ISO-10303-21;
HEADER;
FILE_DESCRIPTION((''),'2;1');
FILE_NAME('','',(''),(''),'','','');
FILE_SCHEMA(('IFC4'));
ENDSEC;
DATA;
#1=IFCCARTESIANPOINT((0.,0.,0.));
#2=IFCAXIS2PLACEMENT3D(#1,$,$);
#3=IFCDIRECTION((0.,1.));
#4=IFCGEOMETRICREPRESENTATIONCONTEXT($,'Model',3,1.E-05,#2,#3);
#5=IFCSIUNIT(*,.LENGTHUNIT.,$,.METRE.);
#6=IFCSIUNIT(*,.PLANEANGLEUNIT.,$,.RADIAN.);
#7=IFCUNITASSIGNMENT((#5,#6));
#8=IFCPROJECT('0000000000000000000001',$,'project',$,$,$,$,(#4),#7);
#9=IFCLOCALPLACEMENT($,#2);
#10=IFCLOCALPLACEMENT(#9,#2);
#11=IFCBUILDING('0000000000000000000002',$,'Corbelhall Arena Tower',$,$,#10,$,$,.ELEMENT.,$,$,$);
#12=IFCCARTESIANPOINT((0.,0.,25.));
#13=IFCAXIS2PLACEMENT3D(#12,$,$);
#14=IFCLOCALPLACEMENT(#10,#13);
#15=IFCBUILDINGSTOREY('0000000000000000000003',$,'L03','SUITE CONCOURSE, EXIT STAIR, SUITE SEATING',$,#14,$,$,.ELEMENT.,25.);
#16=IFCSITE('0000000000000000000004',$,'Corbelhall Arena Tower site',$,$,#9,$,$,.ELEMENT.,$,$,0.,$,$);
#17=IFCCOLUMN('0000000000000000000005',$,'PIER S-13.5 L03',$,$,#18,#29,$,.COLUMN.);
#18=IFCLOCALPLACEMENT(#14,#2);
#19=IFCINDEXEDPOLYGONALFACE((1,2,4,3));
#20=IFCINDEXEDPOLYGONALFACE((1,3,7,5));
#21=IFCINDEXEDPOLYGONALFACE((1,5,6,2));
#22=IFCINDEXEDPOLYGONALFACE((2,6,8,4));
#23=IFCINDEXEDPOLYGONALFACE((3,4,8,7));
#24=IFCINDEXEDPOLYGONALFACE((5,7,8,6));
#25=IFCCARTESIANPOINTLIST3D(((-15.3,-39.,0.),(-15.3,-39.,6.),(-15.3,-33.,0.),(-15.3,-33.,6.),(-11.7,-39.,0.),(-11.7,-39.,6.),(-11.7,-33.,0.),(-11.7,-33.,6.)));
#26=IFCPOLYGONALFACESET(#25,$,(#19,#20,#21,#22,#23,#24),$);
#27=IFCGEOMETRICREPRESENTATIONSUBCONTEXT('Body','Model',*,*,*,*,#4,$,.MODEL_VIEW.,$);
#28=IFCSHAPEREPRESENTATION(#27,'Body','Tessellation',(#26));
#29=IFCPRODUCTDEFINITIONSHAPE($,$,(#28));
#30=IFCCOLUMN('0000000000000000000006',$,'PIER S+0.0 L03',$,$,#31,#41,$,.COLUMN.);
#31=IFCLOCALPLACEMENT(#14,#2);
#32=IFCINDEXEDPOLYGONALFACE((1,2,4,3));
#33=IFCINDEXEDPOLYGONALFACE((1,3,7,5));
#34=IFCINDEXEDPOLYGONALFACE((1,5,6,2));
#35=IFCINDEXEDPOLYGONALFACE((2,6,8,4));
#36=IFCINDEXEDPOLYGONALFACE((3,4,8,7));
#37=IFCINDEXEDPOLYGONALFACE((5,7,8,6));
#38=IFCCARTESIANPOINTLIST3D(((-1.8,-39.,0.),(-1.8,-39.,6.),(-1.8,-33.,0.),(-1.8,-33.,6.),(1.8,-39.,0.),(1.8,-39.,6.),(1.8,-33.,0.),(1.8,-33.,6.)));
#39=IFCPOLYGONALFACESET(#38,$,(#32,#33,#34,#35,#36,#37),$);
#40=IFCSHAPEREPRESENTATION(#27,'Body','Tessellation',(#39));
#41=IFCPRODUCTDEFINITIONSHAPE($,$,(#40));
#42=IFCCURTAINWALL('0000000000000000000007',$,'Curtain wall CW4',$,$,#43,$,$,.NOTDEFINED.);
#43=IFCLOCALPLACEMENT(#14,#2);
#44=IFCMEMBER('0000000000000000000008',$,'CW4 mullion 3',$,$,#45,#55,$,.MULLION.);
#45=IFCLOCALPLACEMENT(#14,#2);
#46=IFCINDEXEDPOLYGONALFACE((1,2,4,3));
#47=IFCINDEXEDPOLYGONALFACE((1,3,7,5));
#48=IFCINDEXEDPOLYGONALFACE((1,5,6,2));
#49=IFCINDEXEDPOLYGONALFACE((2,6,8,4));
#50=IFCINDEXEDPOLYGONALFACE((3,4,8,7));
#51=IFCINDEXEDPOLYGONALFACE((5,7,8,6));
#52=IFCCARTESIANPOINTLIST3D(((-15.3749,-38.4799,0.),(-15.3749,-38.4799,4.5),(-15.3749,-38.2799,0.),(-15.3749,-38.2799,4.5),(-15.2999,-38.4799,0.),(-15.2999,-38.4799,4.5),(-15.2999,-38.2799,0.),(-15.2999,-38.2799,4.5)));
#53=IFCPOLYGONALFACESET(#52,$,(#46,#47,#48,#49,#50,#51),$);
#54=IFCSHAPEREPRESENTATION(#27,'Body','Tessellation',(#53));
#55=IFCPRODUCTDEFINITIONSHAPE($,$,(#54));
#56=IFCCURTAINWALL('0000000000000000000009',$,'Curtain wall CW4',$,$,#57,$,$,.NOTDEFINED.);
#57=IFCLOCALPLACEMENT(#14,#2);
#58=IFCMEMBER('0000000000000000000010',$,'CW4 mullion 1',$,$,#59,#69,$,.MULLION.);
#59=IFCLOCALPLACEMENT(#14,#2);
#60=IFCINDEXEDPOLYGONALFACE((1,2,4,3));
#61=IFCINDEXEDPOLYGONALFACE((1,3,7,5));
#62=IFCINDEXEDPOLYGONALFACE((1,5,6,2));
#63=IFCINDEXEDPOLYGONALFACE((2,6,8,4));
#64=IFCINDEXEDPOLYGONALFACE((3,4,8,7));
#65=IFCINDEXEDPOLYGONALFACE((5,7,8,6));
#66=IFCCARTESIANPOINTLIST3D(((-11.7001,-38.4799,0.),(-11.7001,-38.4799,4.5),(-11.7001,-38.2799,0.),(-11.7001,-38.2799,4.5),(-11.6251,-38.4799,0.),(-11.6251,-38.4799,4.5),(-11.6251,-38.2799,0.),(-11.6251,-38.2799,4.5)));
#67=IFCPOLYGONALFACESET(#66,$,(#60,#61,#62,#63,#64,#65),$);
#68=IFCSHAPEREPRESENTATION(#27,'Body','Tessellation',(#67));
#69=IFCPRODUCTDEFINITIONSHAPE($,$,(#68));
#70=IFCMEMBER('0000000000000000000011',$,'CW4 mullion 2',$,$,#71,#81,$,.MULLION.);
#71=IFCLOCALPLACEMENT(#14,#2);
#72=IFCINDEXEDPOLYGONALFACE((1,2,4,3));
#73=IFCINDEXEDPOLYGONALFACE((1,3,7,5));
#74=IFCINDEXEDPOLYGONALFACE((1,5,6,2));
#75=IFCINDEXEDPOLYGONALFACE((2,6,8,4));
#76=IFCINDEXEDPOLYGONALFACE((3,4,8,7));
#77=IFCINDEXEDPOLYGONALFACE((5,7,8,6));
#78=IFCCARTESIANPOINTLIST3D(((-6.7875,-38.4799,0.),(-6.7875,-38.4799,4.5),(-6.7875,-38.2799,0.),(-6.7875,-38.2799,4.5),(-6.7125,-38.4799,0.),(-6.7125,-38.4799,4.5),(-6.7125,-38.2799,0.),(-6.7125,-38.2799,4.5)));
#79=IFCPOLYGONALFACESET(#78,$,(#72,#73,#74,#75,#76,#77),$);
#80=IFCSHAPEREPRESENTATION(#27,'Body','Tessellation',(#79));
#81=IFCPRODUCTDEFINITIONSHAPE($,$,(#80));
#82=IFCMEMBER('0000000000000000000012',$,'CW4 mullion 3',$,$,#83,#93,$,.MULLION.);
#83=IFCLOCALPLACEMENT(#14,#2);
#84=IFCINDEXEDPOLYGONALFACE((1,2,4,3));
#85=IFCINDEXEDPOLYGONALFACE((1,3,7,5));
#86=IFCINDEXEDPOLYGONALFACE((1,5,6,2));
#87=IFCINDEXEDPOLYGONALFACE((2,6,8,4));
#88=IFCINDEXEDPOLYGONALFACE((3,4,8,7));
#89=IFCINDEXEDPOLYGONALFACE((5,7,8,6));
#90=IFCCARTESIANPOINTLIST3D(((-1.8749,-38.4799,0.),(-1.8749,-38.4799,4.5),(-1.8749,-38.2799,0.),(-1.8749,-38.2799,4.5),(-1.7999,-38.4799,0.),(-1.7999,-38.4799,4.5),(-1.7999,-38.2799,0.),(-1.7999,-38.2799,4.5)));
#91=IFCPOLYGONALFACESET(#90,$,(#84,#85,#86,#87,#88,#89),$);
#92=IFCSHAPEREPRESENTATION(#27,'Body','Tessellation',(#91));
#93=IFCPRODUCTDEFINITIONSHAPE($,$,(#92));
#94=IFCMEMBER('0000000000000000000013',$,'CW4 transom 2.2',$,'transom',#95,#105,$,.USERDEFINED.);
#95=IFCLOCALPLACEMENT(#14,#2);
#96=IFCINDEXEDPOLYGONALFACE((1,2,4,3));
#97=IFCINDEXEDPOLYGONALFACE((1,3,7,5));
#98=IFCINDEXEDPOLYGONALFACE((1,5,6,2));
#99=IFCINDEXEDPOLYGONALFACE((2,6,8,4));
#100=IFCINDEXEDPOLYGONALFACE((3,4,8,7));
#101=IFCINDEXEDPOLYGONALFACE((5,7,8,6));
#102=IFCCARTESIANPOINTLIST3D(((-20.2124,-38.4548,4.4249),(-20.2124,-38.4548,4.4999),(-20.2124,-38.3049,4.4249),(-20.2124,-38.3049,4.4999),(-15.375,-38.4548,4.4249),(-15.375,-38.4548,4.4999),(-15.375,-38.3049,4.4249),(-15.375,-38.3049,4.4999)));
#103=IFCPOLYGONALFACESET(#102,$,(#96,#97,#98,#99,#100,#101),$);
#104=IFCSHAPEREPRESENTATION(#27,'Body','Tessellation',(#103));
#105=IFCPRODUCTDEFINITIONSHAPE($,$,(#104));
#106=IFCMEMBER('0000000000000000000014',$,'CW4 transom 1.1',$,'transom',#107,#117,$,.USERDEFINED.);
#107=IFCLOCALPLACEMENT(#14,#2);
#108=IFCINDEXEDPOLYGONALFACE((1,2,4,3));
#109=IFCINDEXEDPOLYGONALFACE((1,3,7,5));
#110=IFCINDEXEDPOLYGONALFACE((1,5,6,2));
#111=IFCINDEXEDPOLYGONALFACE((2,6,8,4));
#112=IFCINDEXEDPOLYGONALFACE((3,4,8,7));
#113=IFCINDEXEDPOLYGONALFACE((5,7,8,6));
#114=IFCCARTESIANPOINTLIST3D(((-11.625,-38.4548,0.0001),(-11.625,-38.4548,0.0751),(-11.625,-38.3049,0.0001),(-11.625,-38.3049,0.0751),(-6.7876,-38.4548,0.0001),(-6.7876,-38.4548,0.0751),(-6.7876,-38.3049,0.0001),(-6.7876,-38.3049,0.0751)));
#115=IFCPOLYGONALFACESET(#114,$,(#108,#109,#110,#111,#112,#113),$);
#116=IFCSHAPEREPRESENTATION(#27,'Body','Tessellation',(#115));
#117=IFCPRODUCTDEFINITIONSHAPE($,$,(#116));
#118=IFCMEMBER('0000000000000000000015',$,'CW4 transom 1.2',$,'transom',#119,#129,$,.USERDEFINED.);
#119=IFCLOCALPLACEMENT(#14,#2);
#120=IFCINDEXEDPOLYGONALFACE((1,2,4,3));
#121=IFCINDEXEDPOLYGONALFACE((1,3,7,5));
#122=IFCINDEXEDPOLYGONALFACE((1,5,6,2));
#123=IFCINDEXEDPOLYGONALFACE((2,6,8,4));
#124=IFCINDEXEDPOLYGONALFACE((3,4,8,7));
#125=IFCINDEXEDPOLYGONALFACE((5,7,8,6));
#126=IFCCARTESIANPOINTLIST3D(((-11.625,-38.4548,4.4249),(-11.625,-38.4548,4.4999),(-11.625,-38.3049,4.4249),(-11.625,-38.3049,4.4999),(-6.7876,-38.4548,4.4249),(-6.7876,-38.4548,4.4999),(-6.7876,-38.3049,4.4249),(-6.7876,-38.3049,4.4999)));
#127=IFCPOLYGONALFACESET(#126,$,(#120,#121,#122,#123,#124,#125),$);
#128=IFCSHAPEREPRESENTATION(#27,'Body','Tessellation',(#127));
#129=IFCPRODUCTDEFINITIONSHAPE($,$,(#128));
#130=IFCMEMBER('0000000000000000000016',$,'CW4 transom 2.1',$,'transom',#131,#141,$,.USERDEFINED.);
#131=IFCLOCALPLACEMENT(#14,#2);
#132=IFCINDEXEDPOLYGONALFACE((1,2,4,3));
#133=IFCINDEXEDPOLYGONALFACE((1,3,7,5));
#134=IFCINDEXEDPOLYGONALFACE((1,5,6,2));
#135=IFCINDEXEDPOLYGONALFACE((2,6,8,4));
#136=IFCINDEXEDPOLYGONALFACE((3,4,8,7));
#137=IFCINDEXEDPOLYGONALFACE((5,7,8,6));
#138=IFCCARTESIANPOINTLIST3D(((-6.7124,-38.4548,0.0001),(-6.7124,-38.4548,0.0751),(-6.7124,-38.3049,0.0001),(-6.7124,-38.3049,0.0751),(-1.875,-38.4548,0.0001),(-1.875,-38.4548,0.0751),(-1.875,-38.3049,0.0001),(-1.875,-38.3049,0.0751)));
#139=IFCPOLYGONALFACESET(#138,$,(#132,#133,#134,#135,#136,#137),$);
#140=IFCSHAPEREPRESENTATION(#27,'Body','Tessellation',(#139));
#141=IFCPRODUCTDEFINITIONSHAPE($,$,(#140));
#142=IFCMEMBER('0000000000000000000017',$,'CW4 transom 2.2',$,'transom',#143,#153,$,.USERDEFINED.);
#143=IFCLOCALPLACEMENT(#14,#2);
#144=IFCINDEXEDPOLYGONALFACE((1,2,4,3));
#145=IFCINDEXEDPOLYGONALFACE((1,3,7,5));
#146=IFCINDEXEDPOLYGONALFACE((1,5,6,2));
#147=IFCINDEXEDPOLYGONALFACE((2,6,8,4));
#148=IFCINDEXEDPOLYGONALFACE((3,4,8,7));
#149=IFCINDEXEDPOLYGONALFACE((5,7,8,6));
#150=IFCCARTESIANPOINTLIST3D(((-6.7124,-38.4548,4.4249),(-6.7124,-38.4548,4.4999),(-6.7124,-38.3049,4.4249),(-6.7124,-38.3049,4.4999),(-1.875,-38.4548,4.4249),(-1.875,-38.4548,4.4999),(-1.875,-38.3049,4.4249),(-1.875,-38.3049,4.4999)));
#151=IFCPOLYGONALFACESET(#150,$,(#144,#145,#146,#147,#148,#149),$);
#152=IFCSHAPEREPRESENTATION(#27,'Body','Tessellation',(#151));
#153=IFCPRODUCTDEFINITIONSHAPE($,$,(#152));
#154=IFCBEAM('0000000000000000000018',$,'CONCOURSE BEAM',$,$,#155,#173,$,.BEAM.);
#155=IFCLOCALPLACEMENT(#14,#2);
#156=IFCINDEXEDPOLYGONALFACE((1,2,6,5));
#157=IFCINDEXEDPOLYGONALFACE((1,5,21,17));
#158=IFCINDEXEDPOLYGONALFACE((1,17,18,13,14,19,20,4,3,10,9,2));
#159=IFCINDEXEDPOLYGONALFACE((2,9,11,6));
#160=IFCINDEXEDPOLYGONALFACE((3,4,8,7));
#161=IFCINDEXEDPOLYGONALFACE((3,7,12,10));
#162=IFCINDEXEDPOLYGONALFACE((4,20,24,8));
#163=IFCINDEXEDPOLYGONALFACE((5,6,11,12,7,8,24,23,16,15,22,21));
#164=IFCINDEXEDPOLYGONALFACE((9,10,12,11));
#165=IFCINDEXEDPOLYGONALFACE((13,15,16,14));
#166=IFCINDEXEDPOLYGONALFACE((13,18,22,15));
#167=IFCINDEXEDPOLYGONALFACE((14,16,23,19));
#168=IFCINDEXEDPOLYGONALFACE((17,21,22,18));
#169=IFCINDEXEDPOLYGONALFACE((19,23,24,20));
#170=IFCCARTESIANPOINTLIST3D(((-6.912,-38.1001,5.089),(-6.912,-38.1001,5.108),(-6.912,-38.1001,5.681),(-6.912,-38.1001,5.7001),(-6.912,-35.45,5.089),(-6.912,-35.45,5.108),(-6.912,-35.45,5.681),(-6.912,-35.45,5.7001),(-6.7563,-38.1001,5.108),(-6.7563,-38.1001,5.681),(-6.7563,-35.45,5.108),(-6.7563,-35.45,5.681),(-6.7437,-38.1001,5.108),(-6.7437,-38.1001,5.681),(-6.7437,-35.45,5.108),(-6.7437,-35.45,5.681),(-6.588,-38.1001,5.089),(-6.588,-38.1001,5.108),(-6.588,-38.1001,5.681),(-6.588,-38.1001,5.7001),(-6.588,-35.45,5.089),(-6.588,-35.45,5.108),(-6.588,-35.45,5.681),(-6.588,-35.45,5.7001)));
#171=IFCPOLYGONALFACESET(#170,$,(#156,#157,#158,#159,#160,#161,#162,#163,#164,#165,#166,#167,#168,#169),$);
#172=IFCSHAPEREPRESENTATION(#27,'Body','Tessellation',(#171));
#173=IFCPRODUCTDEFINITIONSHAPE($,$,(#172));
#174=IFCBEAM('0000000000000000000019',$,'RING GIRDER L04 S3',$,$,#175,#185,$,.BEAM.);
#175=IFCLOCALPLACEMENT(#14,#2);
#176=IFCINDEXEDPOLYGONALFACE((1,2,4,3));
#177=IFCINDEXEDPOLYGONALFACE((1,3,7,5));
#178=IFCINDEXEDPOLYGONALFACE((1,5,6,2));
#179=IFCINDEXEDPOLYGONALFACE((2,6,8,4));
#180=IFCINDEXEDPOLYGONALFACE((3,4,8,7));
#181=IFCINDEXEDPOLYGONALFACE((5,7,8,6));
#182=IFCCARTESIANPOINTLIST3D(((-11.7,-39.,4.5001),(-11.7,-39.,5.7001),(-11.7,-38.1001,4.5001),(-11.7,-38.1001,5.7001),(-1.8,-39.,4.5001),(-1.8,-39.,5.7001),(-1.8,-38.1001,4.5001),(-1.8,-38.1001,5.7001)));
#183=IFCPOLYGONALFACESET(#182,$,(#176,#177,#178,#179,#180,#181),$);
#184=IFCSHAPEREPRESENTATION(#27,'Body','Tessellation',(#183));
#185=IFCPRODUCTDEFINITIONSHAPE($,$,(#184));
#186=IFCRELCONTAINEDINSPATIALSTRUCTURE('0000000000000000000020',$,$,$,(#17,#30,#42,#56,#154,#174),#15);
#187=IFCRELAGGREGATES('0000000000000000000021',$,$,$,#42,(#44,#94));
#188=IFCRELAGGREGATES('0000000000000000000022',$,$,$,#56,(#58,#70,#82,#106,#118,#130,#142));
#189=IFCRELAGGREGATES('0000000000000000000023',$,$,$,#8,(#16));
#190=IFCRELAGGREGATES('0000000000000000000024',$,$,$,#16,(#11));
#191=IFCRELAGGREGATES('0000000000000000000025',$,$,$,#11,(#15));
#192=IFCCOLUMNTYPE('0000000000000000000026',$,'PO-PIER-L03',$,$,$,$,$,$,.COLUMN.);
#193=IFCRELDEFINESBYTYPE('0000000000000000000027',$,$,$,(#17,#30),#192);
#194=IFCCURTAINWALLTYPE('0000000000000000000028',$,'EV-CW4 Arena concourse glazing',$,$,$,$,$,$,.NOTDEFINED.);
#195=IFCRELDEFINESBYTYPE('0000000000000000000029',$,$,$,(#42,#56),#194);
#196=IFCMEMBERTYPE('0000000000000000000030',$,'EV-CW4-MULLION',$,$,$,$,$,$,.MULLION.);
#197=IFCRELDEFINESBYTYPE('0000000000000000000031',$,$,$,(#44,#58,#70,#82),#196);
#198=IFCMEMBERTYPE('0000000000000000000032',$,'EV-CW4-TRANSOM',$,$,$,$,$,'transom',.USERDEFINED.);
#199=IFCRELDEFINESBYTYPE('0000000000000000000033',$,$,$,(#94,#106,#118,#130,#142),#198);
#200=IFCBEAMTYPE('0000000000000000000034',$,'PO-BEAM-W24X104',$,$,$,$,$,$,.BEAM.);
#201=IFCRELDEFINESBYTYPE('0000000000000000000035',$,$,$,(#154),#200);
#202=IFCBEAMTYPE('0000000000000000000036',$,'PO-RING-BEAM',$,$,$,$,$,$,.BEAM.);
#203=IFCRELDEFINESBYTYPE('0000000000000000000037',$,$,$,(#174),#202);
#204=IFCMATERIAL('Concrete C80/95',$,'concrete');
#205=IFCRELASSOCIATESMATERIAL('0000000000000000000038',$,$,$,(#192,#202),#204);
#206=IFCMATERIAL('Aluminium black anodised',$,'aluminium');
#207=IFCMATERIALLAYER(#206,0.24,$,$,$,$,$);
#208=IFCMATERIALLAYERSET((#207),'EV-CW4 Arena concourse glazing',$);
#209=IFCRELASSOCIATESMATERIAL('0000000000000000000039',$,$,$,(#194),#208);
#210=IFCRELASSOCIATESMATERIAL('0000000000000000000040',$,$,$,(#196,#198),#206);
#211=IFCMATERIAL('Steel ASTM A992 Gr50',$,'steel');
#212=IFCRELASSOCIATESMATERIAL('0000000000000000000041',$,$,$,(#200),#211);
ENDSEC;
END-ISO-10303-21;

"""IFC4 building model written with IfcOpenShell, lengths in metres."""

from ifc_helpers import new_model, si_unit, direction, frame, origin, origin_2d, place, context, subcontext, project, spatial, rectangle, i_section, extrude, material, layer, layer_set, material_profile, profile_set, type_object, element, aggregate, save


model = new_model("IFC4")

# Units and contexts
model_context = context("Model", 3, precision=1e-05, world=origin(), true_north=direction((0.0, 1.0)))
body_context = subcontext(model_context, "Body", "Model", "MODEL_VIEW")
ifc_project = project(units=[si_unit("LENGTHUNIT", "METRE"), si_unit("PLANEANGLEUNIT", "RADIAN")], contexts=[model_context])

# Site, building, storey
site_placement = place(None, origin())
site = spatial("IfcSite", under=ifc_project, at=site_placement, Name="Corbelhall Arena Tower site", CompositionType="ELEMENT", RefElevation=0.0)
building_placement = place(site_placement, origin())
building = spatial("IfcBuilding", under=site, at=building_placement, Name="Corbelhall Arena Tower", CompositionType="ELEMENT")
storey_placement = place(building_placement, frame((0.0, 0.0, 25.0)))
storey = spatial("IfcBuildingStorey", under=building, at=storey_placement, Name="L03", Description="SUITE CONCOURSE, EXIT STAIR, SUITE SEATING", CompositionType="ELEMENT", Elevation=25.0)

# Columns
ifc_material_1 = material(Name="Concrete C80/95", Category="concrete")
ifc_material_profile_1 = material_profile(ifc_material_1, rectangle(XDim=3.6001, YDim=6.0, at=origin_2d()))
ifc_profile_set_1 = profile_set([ifc_material_profile_1], Name="Concrete C80/95")
column_type = type_object("IfcColumnType", Name="PO-PIER-L03", PredefinedType="COLUMN", material=ifc_profile_set_1)
for number, where, z_axis, x_axis, name in (
    (1, (-13.5, -36.0, 0.0), (0.0, 0.0, 1.0), (1.0, 0.0, 0.0), "PIER S-13.5 L03"),
    (2, (0.0, -36.0, 0.0), (0.0, 0.0, 1.0), (1.0, 0.0, 0.0), "PIER S+0.0 L03"),
):
    element("IfcColumn", number, at=place(storey_placement, frame(where, z_axis=z_axis, x_axis=x_axis)), inside=storey, type_object=column_type, Name=name, PredefinedType="COLUMN", context=body_context, shape_type="SweptSolid", body=[
        extrude(rectangle(XDim=3.6001, YDim=6.0, at=origin_2d()), origin(), (0.0, 0.0, 1.0), 6.0),
    ])

# Curtain wall, member
ifc_material_2 = material(Name="Aluminium black anodised", Category="aluminium")
ifc_layer_1 = layer(ifc_material_2, 0.24)
ifc_layer_set_1 = layer_set([ifc_layer_1], Name="EV-CW4 Arena concourse glazing")
curtain_wall_type = type_object("IfcCurtainWallType", Name="EV-CW4 Arena concourse glazing", PredefinedType="NOTDEFINED", material=ifc_layer_set_1)
curtain_wall_1_placement = place(storey_placement, origin())
curtain_wall_1 = element("IfcCurtainWall", 3, at=curtain_wall_1_placement, inside=storey, type_object=curtain_wall_type, Name="Curtain wall CW4", PredefinedType="NOTDEFINED")
ifc_material_profile_2 = material_profile(ifc_material_2, rectangle(XDim=0.2, YDim=0.075, at=origin_2d()))
ifc_profile_set_2 = profile_set([ifc_material_profile_2], Name="Aluminium black anodised")
member_type_1 = type_object("IfcMemberType", Name="EV-CW4-MULLION", PredefinedType="MULLION", material=ifc_profile_set_2)
member_1_placement = place(storey_placement, frame((-15.3374, -38.3799, 0.0), z_axis=(0.0, 0.0, 1.0), x_axis=(0.0, 1.0, 0.0)))
member_1 = element("IfcMember", 4, at=member_1_placement, type_object=member_type_1, Name="CW4 mullion 3", PredefinedType="MULLION", context=body_context, shape_type="SweptSolid", body=[
    extrude(rectangle(XDim=0.2, YDim=0.075, at=origin_2d()), origin(), (0.0, 0.0, 1.0), 4.5),
])

# Curtain wall, members
curtain_wall_2_placement = place(storey_placement, origin())
curtain_wall_2 = element("IfcCurtainWall", 5, at=curtain_wall_2_placement, inside=storey, type_object=curtain_wall_type, Name="Curtain wall CW4", PredefinedType="NOTDEFINED")
member_2_placement = place(storey_placement, frame((-11.6626, -38.3799, 0.0), z_axis=(0.0, 0.0, 1.0), x_axis=(0.0, 1.0, 0.0)))
member_2 = element("IfcMember", 6, at=member_2_placement, type_object=member_type_1, Name="CW4 mullion 1", PredefinedType="MULLION", context=body_context, shape_type="SweptSolid", body=[
    extrude(rectangle(XDim=0.2, YDim=0.075, at=origin_2d()), origin(), (0.0, 0.0, 1.0), 4.5),
])
member_3_placement = place(storey_placement, frame((-6.75, -38.3799, 0.0), z_axis=(0.0, 0.0, 1.0), x_axis=(0.0, 1.0, 0.0)))
member_3 = element("IfcMember", 7, at=member_3_placement, type_object=member_type_1, Name="CW4 mullion 2", PredefinedType="MULLION", context=body_context, shape_type="SweptSolid", body=[
    extrude(rectangle(XDim=0.2, YDim=0.075, at=origin_2d()), origin(), (0.0, 0.0, 1.0), 4.5),
])
member_4_placement = place(storey_placement, frame((-1.8374, -38.3799, 0.0), z_axis=(0.0, 0.0, 1.0), x_axis=(0.0, 1.0, 0.0)))
member_4 = element("IfcMember", 8, at=member_4_placement, type_object=member_type_1, Name="CW4 mullion 3", PredefinedType="MULLION", context=body_context, shape_type="SweptSolid", body=[
    extrude(rectangle(XDim=0.2, YDim=0.075, at=origin_2d()), origin(), (0.0, 0.0, 1.0), 4.5),
])

# Members
ifc_material_profile_3 = material_profile(ifc_material_2, rectangle(XDim=0.1499, YDim=0.075, at=origin_2d()))
ifc_profile_set_3 = profile_set([ifc_material_profile_3], Name="Aluminium black anodised")
member_type_2 = type_object("IfcMemberType", Name="EV-CW4-TRANSOM", ElementType="transom", PredefinedType="USERDEFINED", material=ifc_profile_set_3)
member_5_placement = place(storey_placement, frame((-20.2124, -38.3799, 4.4624), z_axis=(1.0, 0.0, 0.0), x_axis=(0.0, 1.0, 0.0)))
member_5 = element("IfcMember", 9, at=member_5_placement, type_object=member_type_2, Name="CW4 transom 2.2", ObjectType="transom", PredefinedType="USERDEFINED", context=body_context, shape_type="SweptSolid", body=[
    extrude(rectangle(XDim=0.1499, YDim=0.075, at=origin_2d()), origin(), (0.0, 0.0, 1.0), 4.8374),
])
member_6_placement = place(storey_placement, frame((-11.625, -38.3799, 0.0376), z_axis=(1.0, 0.0, 0.0), x_axis=(0.0, 1.0, 0.0)))
member_6 = element("IfcMember", 10, at=member_6_placement, type_object=member_type_2, Name="CW4 transom 1.1", ObjectType="transom", PredefinedType="USERDEFINED", context=body_context, shape_type="SweptSolid", body=[
    extrude(rectangle(XDim=0.1499, YDim=0.075, at=origin_2d()), origin(), (0.0, 0.0, 1.0), 4.8374),
])
member_7_placement = place(storey_placement, frame((-11.625, -38.3799, 4.4624), z_axis=(1.0, 0.0, 0.0), x_axis=(0.0, 1.0, 0.0)))
member_7 = element("IfcMember", 11, at=member_7_placement, type_object=member_type_2, Name="CW4 transom 1.2", ObjectType="transom", PredefinedType="USERDEFINED", context=body_context, shape_type="SweptSolid", body=[
    extrude(rectangle(XDim=0.1499, YDim=0.075, at=origin_2d()), origin(), (0.0, 0.0, 1.0), 4.8374),
])
member_8_placement = place(storey_placement, frame((-6.7124, -38.3799, 0.0376), z_axis=(1.0, 0.0, 0.0), x_axis=(0.0, 1.0, 0.0)))
member_8 = element("IfcMember", 12, at=member_8_placement, type_object=member_type_2, Name="CW4 transom 2.1", ObjectType="transom", PredefinedType="USERDEFINED", context=body_context, shape_type="SweptSolid", body=[
    extrude(rectangle(XDim=0.1499, YDim=0.075, at=origin_2d()), origin(), (0.0, 0.0, 1.0), 4.8374),
])
member_9_placement = place(storey_placement, frame((-6.7124, -38.3799, 4.4624), z_axis=(1.0, 0.0, 0.0), x_axis=(0.0, 1.0, 0.0)))
member_9 = element("IfcMember", 13, at=member_9_placement, type_object=member_type_2, Name="CW4 transom 2.2", ObjectType="transom", PredefinedType="USERDEFINED", context=body_context, shape_type="SweptSolid", body=[
    extrude(rectangle(XDim=0.1499, YDim=0.075, at=origin_2d()), origin(), (0.0, 0.0, 1.0), 4.8374),
])

# Beams
ifc_material_3 = material(Name="Steel ASTM A992 Gr50", Category="steel")
ifc_material_profile_4 = material_profile(ifc_material_3, i_section(OverallWidth=0.324, OverallDepth=0.6111, WebThickness=0.0127, FlangeThickness=0.019, at=origin_2d()))
ifc_profile_set_4 = profile_set([ifc_material_profile_4], Name="Steel ASTM A992 Gr50")
beam_type_1 = type_object("IfcBeamType", Name="PO-BEAM-W24X104", PredefinedType="BEAM", material=ifc_profile_set_4)
beam_1_placement = place(storey_placement, frame((-6.75, -35.45, 5.3945), z_axis=(0.0, -1.0, 0.0), x_axis=(1.0, 0.0, 0.0)))
element("IfcBeam", 14, at=beam_1_placement, inside=storey, type_object=beam_type_1, Name="CONCOURSE BEAM", PredefinedType="BEAM", context=body_context, shape_type="SweptSolid", body=[
    extrude(i_section(OverallWidth=0.324, OverallDepth=0.6111, WebThickness=0.0127, FlangeThickness=0.019, at=origin_2d()), origin(), (0.0, 0.0, 1.0), 2.6501),
])
ifc_material_profile_5 = material_profile(ifc_material_1, rectangle(XDim=0.8999, YDim=1.2, at=origin_2d()))
ifc_profile_set_5 = profile_set([ifc_material_profile_5], Name="Concrete C80/95")
beam_type_2 = type_object("IfcBeamType", Name="PO-RING-BEAM", PredefinedType="BEAM", material=ifc_profile_set_5)
beam_2_placement = place(storey_placement, frame((-11.7, -38.55, 5.1001), z_axis=(1.0, 0.0, 0.0), x_axis=(0.0, 1.0, 0.0)))
element("IfcBeam", 15, at=beam_2_placement, inside=storey, type_object=beam_type_2, Name="RING GIRDER L04 S3", PredefinedType="BEAM", context=body_context, shape_type="SweptSolid", body=[
    extrude(rectangle(XDim=0.8999, YDim=1.2, at=origin_2d()), origin(), (0.0, 0.0, 1.0), 9.8999),
])

aggregate(curtain_wall_1, [member_1, member_5])
aggregate(curtain_wall_2, [member_2, member_3, member_4, member_6, member_7, member_8, member_9])

save(model, "model.ifc")
